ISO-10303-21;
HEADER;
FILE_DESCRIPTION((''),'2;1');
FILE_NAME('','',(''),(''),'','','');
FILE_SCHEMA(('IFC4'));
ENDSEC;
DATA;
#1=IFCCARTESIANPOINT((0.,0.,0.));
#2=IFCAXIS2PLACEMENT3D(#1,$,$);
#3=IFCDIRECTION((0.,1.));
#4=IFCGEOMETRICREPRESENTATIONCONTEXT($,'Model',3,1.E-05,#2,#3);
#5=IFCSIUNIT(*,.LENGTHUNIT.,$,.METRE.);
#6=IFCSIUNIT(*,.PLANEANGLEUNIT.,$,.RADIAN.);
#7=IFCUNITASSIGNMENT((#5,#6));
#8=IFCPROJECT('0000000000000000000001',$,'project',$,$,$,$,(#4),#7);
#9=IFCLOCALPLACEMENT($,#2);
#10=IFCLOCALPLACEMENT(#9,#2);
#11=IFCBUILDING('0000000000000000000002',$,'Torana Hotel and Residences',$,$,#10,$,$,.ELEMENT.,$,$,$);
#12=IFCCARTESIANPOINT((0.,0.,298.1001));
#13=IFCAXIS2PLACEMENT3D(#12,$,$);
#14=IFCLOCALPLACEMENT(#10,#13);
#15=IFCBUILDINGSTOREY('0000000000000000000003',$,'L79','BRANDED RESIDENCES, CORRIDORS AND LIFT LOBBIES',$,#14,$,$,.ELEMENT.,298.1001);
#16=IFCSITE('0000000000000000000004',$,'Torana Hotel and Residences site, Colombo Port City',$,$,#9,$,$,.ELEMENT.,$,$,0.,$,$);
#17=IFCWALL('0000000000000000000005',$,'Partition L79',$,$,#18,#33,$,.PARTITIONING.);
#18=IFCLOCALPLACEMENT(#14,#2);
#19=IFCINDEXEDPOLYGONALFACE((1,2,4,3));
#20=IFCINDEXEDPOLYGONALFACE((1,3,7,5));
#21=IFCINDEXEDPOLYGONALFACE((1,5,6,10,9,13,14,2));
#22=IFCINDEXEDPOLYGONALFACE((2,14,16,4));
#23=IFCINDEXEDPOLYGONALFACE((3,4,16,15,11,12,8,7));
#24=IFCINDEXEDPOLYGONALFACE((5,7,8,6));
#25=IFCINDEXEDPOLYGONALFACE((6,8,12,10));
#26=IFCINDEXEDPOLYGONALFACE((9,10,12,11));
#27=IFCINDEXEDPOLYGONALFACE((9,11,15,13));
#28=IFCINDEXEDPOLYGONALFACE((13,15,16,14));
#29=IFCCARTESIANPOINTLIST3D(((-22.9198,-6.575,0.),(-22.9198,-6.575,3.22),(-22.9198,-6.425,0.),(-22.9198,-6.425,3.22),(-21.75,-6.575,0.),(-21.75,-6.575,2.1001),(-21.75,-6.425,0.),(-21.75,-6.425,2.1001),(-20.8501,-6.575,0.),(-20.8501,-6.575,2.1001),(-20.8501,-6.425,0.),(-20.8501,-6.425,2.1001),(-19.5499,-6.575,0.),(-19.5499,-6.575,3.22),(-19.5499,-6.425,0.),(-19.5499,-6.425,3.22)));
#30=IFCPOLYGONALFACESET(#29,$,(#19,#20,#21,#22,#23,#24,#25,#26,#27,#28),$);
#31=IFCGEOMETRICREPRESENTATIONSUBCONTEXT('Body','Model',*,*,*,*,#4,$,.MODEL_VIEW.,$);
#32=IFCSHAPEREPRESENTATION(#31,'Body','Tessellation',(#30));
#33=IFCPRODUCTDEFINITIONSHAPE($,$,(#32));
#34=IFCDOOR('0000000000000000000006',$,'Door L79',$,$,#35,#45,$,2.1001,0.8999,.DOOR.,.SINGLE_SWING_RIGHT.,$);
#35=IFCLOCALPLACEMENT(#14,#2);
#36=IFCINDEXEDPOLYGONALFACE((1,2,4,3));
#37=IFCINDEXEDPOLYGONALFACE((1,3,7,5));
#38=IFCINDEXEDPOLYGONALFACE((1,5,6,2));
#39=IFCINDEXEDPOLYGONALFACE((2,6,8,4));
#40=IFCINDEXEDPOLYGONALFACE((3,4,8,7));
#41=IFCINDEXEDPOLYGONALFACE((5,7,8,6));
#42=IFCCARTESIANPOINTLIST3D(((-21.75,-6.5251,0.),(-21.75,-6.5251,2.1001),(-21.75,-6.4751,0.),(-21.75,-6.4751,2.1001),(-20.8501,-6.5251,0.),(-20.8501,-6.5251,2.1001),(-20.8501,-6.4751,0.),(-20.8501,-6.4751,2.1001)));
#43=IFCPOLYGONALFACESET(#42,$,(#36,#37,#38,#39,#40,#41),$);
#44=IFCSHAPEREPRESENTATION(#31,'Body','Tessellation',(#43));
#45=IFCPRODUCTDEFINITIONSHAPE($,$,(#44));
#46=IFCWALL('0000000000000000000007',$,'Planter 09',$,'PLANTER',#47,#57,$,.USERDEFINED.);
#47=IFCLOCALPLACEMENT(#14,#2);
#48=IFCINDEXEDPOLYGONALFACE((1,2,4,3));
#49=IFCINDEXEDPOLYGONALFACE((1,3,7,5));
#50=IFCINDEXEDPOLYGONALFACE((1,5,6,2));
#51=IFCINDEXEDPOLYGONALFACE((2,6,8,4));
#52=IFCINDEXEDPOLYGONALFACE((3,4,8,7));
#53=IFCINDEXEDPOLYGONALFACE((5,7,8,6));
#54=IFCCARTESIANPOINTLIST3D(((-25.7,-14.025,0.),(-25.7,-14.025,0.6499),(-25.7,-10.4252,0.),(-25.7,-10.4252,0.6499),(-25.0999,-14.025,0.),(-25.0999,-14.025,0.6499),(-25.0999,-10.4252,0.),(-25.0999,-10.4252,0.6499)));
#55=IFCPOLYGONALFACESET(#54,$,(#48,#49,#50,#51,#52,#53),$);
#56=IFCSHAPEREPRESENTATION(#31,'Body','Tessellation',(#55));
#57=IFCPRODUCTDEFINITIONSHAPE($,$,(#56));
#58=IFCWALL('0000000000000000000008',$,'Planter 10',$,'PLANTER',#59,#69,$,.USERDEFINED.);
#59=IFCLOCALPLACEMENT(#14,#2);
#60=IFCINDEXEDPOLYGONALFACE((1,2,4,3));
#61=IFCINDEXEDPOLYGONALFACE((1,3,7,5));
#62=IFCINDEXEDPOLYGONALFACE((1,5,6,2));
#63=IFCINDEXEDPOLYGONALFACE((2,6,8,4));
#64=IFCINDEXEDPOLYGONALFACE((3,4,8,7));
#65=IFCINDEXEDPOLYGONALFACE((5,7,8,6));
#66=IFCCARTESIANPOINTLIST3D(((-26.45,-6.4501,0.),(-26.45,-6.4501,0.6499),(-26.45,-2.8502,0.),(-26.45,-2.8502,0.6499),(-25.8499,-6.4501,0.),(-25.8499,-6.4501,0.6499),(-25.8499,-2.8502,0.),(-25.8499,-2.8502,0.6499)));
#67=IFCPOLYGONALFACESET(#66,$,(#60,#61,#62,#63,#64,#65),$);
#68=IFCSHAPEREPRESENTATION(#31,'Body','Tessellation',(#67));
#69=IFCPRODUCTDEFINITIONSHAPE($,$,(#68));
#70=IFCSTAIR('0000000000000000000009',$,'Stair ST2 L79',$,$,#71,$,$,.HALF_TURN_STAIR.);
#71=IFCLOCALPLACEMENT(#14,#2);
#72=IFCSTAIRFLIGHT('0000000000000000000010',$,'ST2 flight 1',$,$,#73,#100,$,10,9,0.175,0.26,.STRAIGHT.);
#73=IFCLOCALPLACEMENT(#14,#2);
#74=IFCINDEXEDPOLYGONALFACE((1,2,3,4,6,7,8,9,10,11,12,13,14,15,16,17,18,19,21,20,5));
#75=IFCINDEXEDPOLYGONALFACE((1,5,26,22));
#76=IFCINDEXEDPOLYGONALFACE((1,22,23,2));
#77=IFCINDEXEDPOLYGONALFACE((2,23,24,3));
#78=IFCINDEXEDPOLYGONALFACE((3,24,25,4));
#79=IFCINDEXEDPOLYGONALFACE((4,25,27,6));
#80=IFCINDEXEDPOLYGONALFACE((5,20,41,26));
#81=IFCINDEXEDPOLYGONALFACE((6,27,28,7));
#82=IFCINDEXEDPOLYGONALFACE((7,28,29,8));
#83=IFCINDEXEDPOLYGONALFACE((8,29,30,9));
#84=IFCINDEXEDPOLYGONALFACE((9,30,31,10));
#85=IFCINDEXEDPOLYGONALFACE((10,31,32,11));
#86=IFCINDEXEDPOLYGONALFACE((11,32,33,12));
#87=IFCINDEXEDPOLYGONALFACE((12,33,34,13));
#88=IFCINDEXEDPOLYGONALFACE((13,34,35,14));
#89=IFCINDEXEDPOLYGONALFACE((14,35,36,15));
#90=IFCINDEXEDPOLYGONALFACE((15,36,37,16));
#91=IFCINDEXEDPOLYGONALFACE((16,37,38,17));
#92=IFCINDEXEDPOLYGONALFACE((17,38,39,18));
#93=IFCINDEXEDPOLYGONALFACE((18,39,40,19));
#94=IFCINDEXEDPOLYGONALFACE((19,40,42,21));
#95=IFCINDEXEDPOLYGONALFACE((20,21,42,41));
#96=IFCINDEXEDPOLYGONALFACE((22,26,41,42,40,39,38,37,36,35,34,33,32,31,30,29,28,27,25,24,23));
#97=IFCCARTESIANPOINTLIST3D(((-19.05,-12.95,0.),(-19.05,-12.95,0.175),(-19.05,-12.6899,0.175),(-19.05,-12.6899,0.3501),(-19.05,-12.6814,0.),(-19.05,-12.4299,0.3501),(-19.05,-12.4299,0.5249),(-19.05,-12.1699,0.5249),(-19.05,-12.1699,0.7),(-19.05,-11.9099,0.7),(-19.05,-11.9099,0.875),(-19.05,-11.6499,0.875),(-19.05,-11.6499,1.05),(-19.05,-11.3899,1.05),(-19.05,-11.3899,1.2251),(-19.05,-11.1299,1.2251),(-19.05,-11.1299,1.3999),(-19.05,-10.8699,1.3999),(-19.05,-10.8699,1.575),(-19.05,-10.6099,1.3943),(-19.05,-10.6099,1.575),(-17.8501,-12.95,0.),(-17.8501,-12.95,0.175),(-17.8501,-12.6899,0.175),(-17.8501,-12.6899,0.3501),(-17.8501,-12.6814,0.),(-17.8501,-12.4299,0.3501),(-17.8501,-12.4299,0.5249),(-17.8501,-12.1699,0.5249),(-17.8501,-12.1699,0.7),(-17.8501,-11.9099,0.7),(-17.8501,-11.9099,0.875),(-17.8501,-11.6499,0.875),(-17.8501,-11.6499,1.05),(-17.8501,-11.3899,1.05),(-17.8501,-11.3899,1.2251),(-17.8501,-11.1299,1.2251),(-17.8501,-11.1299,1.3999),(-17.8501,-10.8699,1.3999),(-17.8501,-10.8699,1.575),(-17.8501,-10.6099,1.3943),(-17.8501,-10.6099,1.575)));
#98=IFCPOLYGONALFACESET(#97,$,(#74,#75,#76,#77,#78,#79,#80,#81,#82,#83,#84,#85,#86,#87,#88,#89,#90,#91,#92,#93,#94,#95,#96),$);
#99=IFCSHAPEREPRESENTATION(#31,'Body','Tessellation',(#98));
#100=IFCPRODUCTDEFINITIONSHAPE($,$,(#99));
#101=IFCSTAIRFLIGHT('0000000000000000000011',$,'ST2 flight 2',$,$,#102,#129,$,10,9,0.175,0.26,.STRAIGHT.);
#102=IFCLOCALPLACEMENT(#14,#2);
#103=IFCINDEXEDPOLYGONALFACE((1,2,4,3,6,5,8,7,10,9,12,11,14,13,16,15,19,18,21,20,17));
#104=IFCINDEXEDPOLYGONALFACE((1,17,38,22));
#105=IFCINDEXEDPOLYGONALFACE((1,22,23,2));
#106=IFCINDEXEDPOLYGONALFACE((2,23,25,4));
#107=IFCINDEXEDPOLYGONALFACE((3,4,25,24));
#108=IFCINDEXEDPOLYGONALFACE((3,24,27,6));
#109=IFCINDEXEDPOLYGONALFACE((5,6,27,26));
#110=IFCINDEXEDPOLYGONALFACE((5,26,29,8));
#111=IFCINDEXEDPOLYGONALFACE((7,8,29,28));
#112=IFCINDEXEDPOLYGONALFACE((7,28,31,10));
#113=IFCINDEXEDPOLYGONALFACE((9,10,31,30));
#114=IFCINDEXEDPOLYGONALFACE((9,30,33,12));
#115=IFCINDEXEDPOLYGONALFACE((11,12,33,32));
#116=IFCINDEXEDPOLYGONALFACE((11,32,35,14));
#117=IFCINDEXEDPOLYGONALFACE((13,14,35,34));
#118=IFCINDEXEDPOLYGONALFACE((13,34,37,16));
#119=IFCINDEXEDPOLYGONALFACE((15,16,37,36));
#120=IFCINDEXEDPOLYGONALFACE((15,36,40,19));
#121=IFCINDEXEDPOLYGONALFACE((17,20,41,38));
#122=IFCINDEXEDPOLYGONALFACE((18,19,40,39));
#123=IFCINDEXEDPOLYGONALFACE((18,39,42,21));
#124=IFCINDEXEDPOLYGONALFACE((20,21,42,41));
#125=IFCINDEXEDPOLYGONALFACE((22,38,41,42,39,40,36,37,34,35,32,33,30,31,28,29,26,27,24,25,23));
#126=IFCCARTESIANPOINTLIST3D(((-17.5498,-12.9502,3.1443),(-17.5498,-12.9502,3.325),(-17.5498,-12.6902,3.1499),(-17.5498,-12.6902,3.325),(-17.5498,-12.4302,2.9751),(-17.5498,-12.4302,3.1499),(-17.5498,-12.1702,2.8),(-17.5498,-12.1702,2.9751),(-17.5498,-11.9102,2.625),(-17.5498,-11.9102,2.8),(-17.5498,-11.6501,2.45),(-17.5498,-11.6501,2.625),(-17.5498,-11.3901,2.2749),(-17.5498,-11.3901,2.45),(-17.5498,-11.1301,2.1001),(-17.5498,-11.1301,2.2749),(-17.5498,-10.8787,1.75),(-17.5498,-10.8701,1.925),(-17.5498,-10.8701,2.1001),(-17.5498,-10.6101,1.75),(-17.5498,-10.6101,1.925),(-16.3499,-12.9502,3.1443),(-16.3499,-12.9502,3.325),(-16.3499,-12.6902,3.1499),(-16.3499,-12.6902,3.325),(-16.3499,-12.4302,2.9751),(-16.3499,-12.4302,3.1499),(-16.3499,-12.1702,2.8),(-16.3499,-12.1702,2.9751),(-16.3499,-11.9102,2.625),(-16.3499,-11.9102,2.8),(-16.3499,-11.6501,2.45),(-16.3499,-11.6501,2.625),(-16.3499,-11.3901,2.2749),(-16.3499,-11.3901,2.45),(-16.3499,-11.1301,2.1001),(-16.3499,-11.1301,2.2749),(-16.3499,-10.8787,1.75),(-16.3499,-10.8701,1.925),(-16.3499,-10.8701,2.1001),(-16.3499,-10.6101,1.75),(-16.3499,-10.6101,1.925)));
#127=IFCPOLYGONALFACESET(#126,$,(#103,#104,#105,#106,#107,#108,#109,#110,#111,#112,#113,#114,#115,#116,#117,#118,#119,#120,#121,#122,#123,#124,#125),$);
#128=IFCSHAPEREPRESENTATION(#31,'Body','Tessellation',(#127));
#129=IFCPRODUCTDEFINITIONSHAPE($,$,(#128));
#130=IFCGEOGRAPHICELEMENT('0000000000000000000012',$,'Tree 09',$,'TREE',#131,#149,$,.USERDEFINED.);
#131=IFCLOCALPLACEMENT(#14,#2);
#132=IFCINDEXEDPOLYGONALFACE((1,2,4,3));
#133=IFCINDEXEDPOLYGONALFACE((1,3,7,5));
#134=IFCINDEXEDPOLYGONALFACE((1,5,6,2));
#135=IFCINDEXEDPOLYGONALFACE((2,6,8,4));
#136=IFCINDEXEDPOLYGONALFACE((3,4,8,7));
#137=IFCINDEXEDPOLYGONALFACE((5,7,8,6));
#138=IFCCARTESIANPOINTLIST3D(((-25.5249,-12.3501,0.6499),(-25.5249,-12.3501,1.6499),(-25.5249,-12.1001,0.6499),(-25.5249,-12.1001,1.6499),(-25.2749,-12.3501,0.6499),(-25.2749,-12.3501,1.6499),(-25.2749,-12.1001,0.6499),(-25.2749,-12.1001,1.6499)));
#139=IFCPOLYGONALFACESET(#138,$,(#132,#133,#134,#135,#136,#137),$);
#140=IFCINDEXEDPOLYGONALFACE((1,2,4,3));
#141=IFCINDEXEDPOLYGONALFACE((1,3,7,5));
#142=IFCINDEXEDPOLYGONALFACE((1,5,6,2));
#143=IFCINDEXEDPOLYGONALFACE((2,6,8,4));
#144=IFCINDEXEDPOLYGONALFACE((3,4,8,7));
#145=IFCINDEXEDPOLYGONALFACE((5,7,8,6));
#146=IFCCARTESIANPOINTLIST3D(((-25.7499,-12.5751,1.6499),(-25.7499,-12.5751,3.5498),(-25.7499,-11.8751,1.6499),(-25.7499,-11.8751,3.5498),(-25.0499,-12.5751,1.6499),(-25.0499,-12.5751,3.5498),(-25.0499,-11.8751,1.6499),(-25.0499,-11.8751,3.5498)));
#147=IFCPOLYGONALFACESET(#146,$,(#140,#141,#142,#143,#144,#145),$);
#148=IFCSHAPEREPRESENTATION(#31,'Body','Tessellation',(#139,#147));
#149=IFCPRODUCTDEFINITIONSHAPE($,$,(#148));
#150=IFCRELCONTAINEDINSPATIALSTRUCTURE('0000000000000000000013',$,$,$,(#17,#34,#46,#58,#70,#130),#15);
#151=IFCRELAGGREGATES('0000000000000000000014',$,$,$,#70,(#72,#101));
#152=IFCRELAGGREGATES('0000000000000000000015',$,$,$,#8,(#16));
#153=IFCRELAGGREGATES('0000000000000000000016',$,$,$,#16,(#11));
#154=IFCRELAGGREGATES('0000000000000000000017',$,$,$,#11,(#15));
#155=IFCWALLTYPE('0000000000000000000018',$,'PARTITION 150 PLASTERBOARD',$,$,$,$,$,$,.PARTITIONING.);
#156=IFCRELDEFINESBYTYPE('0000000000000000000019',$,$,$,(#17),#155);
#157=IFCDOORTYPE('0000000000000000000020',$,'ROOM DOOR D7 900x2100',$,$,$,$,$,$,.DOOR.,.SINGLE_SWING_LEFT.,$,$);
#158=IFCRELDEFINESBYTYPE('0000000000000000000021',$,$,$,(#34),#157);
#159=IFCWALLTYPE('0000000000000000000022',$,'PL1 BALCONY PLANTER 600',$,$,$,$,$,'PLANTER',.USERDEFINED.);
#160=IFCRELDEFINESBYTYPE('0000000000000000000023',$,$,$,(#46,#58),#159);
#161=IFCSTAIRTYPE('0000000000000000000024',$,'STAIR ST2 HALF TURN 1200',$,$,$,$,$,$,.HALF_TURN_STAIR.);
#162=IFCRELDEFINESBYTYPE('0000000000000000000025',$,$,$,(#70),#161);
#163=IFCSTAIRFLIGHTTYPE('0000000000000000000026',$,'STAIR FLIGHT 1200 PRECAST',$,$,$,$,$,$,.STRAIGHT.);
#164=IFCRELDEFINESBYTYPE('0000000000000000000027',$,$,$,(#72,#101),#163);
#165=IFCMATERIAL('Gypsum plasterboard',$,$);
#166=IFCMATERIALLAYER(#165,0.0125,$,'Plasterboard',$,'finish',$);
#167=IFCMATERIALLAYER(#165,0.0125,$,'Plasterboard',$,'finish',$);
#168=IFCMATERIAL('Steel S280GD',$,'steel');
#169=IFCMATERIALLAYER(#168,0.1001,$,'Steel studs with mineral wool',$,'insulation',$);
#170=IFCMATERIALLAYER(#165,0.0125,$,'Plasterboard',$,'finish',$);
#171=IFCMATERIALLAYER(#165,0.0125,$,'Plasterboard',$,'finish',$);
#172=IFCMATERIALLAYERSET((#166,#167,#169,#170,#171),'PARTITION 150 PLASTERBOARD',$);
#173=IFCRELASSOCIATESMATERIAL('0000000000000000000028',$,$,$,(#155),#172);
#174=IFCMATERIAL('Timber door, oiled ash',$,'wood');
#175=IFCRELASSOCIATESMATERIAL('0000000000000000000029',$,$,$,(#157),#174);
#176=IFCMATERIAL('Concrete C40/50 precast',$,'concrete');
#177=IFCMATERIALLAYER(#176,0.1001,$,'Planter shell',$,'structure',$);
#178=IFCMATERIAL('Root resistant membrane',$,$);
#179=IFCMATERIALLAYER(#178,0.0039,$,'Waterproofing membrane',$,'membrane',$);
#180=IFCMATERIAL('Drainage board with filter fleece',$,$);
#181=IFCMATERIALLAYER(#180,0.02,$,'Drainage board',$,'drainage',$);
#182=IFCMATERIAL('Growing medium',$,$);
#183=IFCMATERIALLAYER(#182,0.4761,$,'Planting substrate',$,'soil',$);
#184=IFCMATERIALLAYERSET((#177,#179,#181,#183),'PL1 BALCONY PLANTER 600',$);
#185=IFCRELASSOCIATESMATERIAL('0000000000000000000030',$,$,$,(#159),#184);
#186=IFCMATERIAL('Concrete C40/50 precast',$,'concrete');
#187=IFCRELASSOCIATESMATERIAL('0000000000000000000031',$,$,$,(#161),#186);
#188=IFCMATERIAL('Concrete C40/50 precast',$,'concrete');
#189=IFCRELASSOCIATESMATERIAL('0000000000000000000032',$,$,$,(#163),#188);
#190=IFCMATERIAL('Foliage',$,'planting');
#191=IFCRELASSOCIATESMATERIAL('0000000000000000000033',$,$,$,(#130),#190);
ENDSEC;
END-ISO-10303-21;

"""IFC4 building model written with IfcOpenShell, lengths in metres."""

from ifc_helpers import new_model, si_unit, direction, frame, frame_2d, origin, origin_2d, place, context, subcontext, project, spatial, polyline, rectangle, outline, extrude, material, layer, layer_set, type_object, element, fill, aggregate, save


model = new_model("IFC4")

# Units and contexts
model_context = context("Model", 3, precision=1e-05, world=origin(), true_north=direction((0.0, 1.0)))
body_context = subcontext(model_context, "Body", "Model", "MODEL_VIEW")
ifc_project = project(units=[si_unit("LENGTHUNIT", "METRE"), si_unit("PLANEANGLEUNIT", "RADIAN")], contexts=[model_context])

# Site, building, storey
site_placement = place(None, origin())
site = spatial("IfcSite", under=ifc_project, at=site_placement, Name="Torana Hotel and Residences site, Colombo Port City", CompositionType="ELEMENT", RefElevation=0.0)
building_placement = place(site_placement, origin())
building = spatial("IfcBuilding", under=site, at=building_placement, Name="Torana Hotel and Residences", CompositionType="ELEMENT")
storey_placement = place(building_placement, frame((0.0, 0.0, 298.1001)))
storey = spatial("IfcBuildingStorey", under=building, at=storey_placement, Name="L79", Description="BRANDED RESIDENCES, CORRIDORS AND LIFT LOBBIES", CompositionType="ELEMENT", Elevation=298.1001)

# Wall, opening, door
ifc_material_1 = material(Name="Gypsum plasterboard")
ifc_layer_1 = layer(ifc_material_1, 0.0125, Name="Plasterboard", Category="finish")
ifc_layer_2 = layer(ifc_material_1, 0.0125, Name="Plasterboard", Category="finish")
ifc_material_2 = material(Name="Steel S280GD", Category="steel")
ifc_layer_3 = layer(ifc_material_2, 0.1001, Name="Steel studs with mineral wool", Category="insulation")
ifc_layer_4 = layer(ifc_material_1, 0.0125, Name="Plasterboard", Category="finish")
ifc_layer_5 = layer(ifc_material_1, 0.0125, Name="Plasterboard", Category="finish")
ifc_layer_set_1 = layer_set([ifc_layer_1, ifc_layer_2, ifc_layer_3, ifc_layer_4, ifc_layer_5], Name="PARTITION 150 PLASTERBOARD")
wall_type_1 = type_object("IfcWallType", Name="PARTITION 150 PLASTERBOARD", PredefinedType="PARTITIONING", material=ifc_layer_set_1)
wall_1_placement = place(storey_placement, frame((-22.9199, -6.5, 0.0), z_axis=(0.0, 0.0, 1.0), x_axis=(1.0, 0.0, 0.0)))
wall_1 = element("IfcWall", 1, at=wall_1_placement, inside=storey, type_object=wall_type_1, Name="Partition L79", PredefinedType="PARTITIONING", context=body_context, shape_type="SweptSolid", body=[
    extrude(rectangle(XDim=3.3699, YDim=0.1499, at=frame_2d((1.6851, 0.0))), origin(), (0.0, 0.0, 1.0), 3.22),
])
opening_1_placement = place(wall_1_placement, frame((1.1699, 0.0, 0.0)))
opening_1 = element("IfcOpeningElement", 2, at=opening_1_placement, cuts=wall_1, PredefinedType="OPENING", context=body_context, shape_type="SweptSolid", body=[
    extrude(rectangle(XDim=0.8999, YDim=2.1001, at=frame_2d((0.45, 1.05))), frame((0.0, 0.085, 0.0), z_axis=(0.0, -1.0, 0.0), x_axis=(1.0, 0.0, 0.0)), (0.0, 0.0, 1.0), 0.1699),
])
ifc_material_3 = material(Name="Timber door, oiled ash", Category="wood")
door_type_1 = type_object("IfcDoorType", Name="ROOM DOOR D7 900x2100", OperationType="SINGLE_SWING_LEFT", PredefinedType="DOOR", material=ifc_material_3)
door_1_placement = place(opening_1_placement, origin())
door_1 = element("IfcDoor", 3, at=door_1_placement, inside=storey, type_object=door_type_1, Name="Door L79", OperationType="SINGLE_SWING_RIGHT", OverallHeight=2.1001, OverallWidth=0.8999, PredefinedType="DOOR", context=body_context, shape_type="SweptSolid", body=[
    extrude(rectangle(XDim=0.8999, YDim=2.1001, at=frame_2d((0.45, 1.05))), frame((0.0, 0.0249, 0.0), z_axis=(0.0, -1.0, 0.0), x_axis=(1.0, 0.0, 0.0)), (0.0, 0.0, 1.0), 0.05),
])
fill(opening_1, door_1)

# Walls
ifc_material_4 = material(Name="Concrete C40/50 precast", Category="concrete")
ifc_layer_6 = layer(ifc_material_4, 0.1001, Name="Planter shell", Category="structure")
ifc_material_5 = material(Name="Root resistant membrane")
ifc_layer_7 = layer(ifc_material_5, 0.0039, Name="Waterproofing membrane", Category="membrane")
ifc_material_6 = material(Name="Drainage board with filter fleece")
ifc_layer_8 = layer(ifc_material_6, 0.02, Name="Drainage board", Category="drainage")
ifc_material_7 = material(Name="Growing medium")
ifc_layer_9 = layer(ifc_material_7, 0.4761, Name="Planting substrate", Category="soil")
ifc_layer_set_2 = layer_set([ifc_layer_6, ifc_layer_7, ifc_layer_8, ifc_layer_9], Name="PL1 BALCONY PLANTER 600")
wall_type_2 = type_object("IfcWallType", Name="PL1 BALCONY PLANTER 600", ElementType="PLANTER", PredefinedType="USERDEFINED", material=ifc_layer_set_2)
for number, where, z_axis, x_axis, name in (
    (4, (-25.3999, -14.0249, 0.0), (0.0, 0.0, 1.0), (0.0, 1.0, 0.0), "Planter 09"),
    (5, (-26.1499, -6.45, 0.0), (0.0, 0.0, 1.0), (0.0, 1.0, 0.0), "Planter 10"),
):
    element("IfcWall", number, at=place(storey_placement, frame(where, z_axis=z_axis, x_axis=x_axis)), inside=storey, type_object=wall_type_2, Name=name, ObjectType="PLANTER", PredefinedType="USERDEFINED", context=body_context, shape_type="SweptSolid", body=[
        extrude(rectangle(XDim=3.5999, YDim=0.6001, at=frame_2d((1.7998, 0.0))), origin(), (0.0, 0.0, 1.0), 0.6499),
    ])

# Stair, stair flights
ifc_material_8 = material(Name="Concrete C40/50 precast", Category="concrete")
stair_type = type_object("IfcStairType", Name="STAIR ST2 HALF TURN 1200", PredefinedType="HALF_TURN_STAIR", material=ifc_material_8)
stair_placement = place(storey_placement, origin())
stair = element("IfcStair", 6, at=stair_placement, inside=storey, type_object=stair_type, Name="Stair ST2 L79", PredefinedType="HALF_TURN_STAIR")
ifc_material_9 = material(Name="Concrete C40/50 precast", Category="concrete")
stair_flight_type = type_object("IfcStairFlightType", Name="STAIR FLIGHT 1200 PRECAST", PredefinedType="STRAIGHT", material=ifc_material_9)
stair_flight_1_placement = place(storey_placement, frame((-18.45, -12.95, 0.0), z_axis=(0.0, 0.0, 1.0), x_axis=(0.0, 1.0, 0.0)))
stair_flight_1 = element("IfcStairFlight", 7, at=stair_flight_1_placement, type_object=stair_flight_type, Name="ST2 flight 1", NumberOfRisers=10, NumberOfTreads=9, PredefinedType="STRAIGHT", RiserHeight=0.175, TreadLength=0.26, context=body_context, shape_type="SweptSolid", body=[
    extrude(outline(polyline([(0.0, 0.0), (0.0, 0.175), (0.26, 0.175), (0.26, 0.3501), (0.52, 0.3501), (0.52, 0.5249), (0.78, 0.5249), (0.78, 0.7), (1.04, 0.7), (1.04, 0.875), (1.3, 0.875), (1.3, 1.05), (1.5601, 1.05), (1.5601, 1.2251), (1.8201, 1.2251), (1.8201, 1.3999), (2.0801, 1.3999), (2.0801, 1.575), (2.3401, 1.575), (2.3401, 1.75), (2.3401, 1.3943), (0.2686, 0.0), (0.0, 0.0)])), frame((0.0, 0.6001, 0.0), z_axis=(0.0, -1.0, 0.0), x_axis=(1.0, 0.0, 0.0)), (0.0, 0.0, 1.0), 1.2),
])
stair_flight_2_placement = place(storey_placement, frame((-16.95, -10.6101, 1.75), z_axis=(0.0, 0.0, 1.0), x_axis=(0.0, -1.0, 0.0)))
stair_flight_2 = element("IfcStairFlight", 8, at=stair_flight_2_placement, type_object=stair_flight_type, Name="ST2 flight 2", NumberOfRisers=10, NumberOfTreads=9, PredefinedType="STRAIGHT", RiserHeight=0.175, TreadLength=0.26, context=body_context, shape_type="SweptSolid", body=[
    extrude(outline(polyline([(0.0, 0.0), (0.0, 0.175), (0.26, 0.175), (0.26, 0.3501), (0.52, 0.3501), (0.52, 0.5249), (0.78, 0.5249), (0.78, 0.7), (1.04, 0.7), (1.04, 0.875), (1.3, 0.875), (1.3, 1.05), (1.5601, 1.05), (1.5601, 1.2251), (1.8201, 1.2251), (1.8201, 1.3999), (2.0801, 1.3999), (2.0801, 1.575), (2.3401, 1.575), (2.3401, 1.75), (2.3401, 1.3943), (0.2686, 0.0), (0.0, 0.0)])), frame((0.0, 0.6001, 0.0), z_axis=(0.0, -1.0, 0.0), x_axis=(1.0, 0.0, 0.0)), (0.0, 0.0, 1.0), 1.2),
])
aggregate(stair, [stair_flight_1, stair_flight_2])

# Geographic element
ifc_material_10 = material(Name="Foliage", Category="planting")
geographic_element_placement = place(storey_placement, frame((-25.3999, -12.2251, 0.6499), z_axis=(0.0, 0.0, 1.0), x_axis=(1.0, 0.0, 0.0)))
element("IfcGeographicElement", 9, at=geographic_element_placement, inside=storey, material=ifc_material_10, Name="Tree 09", ObjectType="TREE", PredefinedType="USERDEFINED", context=body_context, shape_type="SweptSolid", body=[
    extrude(rectangle(XDim=0.25, YDim=0.25, at=origin_2d()), origin(), (0.0, 0.0, 1.0), 1.0),
    extrude(rectangle(XDim=0.7, YDim=0.7, at=origin_2d()), frame((0.0, 0.0, 1.0)), (0.0, 0.0, 1.0), 1.8999),
])

save(model, "model.ifc")
